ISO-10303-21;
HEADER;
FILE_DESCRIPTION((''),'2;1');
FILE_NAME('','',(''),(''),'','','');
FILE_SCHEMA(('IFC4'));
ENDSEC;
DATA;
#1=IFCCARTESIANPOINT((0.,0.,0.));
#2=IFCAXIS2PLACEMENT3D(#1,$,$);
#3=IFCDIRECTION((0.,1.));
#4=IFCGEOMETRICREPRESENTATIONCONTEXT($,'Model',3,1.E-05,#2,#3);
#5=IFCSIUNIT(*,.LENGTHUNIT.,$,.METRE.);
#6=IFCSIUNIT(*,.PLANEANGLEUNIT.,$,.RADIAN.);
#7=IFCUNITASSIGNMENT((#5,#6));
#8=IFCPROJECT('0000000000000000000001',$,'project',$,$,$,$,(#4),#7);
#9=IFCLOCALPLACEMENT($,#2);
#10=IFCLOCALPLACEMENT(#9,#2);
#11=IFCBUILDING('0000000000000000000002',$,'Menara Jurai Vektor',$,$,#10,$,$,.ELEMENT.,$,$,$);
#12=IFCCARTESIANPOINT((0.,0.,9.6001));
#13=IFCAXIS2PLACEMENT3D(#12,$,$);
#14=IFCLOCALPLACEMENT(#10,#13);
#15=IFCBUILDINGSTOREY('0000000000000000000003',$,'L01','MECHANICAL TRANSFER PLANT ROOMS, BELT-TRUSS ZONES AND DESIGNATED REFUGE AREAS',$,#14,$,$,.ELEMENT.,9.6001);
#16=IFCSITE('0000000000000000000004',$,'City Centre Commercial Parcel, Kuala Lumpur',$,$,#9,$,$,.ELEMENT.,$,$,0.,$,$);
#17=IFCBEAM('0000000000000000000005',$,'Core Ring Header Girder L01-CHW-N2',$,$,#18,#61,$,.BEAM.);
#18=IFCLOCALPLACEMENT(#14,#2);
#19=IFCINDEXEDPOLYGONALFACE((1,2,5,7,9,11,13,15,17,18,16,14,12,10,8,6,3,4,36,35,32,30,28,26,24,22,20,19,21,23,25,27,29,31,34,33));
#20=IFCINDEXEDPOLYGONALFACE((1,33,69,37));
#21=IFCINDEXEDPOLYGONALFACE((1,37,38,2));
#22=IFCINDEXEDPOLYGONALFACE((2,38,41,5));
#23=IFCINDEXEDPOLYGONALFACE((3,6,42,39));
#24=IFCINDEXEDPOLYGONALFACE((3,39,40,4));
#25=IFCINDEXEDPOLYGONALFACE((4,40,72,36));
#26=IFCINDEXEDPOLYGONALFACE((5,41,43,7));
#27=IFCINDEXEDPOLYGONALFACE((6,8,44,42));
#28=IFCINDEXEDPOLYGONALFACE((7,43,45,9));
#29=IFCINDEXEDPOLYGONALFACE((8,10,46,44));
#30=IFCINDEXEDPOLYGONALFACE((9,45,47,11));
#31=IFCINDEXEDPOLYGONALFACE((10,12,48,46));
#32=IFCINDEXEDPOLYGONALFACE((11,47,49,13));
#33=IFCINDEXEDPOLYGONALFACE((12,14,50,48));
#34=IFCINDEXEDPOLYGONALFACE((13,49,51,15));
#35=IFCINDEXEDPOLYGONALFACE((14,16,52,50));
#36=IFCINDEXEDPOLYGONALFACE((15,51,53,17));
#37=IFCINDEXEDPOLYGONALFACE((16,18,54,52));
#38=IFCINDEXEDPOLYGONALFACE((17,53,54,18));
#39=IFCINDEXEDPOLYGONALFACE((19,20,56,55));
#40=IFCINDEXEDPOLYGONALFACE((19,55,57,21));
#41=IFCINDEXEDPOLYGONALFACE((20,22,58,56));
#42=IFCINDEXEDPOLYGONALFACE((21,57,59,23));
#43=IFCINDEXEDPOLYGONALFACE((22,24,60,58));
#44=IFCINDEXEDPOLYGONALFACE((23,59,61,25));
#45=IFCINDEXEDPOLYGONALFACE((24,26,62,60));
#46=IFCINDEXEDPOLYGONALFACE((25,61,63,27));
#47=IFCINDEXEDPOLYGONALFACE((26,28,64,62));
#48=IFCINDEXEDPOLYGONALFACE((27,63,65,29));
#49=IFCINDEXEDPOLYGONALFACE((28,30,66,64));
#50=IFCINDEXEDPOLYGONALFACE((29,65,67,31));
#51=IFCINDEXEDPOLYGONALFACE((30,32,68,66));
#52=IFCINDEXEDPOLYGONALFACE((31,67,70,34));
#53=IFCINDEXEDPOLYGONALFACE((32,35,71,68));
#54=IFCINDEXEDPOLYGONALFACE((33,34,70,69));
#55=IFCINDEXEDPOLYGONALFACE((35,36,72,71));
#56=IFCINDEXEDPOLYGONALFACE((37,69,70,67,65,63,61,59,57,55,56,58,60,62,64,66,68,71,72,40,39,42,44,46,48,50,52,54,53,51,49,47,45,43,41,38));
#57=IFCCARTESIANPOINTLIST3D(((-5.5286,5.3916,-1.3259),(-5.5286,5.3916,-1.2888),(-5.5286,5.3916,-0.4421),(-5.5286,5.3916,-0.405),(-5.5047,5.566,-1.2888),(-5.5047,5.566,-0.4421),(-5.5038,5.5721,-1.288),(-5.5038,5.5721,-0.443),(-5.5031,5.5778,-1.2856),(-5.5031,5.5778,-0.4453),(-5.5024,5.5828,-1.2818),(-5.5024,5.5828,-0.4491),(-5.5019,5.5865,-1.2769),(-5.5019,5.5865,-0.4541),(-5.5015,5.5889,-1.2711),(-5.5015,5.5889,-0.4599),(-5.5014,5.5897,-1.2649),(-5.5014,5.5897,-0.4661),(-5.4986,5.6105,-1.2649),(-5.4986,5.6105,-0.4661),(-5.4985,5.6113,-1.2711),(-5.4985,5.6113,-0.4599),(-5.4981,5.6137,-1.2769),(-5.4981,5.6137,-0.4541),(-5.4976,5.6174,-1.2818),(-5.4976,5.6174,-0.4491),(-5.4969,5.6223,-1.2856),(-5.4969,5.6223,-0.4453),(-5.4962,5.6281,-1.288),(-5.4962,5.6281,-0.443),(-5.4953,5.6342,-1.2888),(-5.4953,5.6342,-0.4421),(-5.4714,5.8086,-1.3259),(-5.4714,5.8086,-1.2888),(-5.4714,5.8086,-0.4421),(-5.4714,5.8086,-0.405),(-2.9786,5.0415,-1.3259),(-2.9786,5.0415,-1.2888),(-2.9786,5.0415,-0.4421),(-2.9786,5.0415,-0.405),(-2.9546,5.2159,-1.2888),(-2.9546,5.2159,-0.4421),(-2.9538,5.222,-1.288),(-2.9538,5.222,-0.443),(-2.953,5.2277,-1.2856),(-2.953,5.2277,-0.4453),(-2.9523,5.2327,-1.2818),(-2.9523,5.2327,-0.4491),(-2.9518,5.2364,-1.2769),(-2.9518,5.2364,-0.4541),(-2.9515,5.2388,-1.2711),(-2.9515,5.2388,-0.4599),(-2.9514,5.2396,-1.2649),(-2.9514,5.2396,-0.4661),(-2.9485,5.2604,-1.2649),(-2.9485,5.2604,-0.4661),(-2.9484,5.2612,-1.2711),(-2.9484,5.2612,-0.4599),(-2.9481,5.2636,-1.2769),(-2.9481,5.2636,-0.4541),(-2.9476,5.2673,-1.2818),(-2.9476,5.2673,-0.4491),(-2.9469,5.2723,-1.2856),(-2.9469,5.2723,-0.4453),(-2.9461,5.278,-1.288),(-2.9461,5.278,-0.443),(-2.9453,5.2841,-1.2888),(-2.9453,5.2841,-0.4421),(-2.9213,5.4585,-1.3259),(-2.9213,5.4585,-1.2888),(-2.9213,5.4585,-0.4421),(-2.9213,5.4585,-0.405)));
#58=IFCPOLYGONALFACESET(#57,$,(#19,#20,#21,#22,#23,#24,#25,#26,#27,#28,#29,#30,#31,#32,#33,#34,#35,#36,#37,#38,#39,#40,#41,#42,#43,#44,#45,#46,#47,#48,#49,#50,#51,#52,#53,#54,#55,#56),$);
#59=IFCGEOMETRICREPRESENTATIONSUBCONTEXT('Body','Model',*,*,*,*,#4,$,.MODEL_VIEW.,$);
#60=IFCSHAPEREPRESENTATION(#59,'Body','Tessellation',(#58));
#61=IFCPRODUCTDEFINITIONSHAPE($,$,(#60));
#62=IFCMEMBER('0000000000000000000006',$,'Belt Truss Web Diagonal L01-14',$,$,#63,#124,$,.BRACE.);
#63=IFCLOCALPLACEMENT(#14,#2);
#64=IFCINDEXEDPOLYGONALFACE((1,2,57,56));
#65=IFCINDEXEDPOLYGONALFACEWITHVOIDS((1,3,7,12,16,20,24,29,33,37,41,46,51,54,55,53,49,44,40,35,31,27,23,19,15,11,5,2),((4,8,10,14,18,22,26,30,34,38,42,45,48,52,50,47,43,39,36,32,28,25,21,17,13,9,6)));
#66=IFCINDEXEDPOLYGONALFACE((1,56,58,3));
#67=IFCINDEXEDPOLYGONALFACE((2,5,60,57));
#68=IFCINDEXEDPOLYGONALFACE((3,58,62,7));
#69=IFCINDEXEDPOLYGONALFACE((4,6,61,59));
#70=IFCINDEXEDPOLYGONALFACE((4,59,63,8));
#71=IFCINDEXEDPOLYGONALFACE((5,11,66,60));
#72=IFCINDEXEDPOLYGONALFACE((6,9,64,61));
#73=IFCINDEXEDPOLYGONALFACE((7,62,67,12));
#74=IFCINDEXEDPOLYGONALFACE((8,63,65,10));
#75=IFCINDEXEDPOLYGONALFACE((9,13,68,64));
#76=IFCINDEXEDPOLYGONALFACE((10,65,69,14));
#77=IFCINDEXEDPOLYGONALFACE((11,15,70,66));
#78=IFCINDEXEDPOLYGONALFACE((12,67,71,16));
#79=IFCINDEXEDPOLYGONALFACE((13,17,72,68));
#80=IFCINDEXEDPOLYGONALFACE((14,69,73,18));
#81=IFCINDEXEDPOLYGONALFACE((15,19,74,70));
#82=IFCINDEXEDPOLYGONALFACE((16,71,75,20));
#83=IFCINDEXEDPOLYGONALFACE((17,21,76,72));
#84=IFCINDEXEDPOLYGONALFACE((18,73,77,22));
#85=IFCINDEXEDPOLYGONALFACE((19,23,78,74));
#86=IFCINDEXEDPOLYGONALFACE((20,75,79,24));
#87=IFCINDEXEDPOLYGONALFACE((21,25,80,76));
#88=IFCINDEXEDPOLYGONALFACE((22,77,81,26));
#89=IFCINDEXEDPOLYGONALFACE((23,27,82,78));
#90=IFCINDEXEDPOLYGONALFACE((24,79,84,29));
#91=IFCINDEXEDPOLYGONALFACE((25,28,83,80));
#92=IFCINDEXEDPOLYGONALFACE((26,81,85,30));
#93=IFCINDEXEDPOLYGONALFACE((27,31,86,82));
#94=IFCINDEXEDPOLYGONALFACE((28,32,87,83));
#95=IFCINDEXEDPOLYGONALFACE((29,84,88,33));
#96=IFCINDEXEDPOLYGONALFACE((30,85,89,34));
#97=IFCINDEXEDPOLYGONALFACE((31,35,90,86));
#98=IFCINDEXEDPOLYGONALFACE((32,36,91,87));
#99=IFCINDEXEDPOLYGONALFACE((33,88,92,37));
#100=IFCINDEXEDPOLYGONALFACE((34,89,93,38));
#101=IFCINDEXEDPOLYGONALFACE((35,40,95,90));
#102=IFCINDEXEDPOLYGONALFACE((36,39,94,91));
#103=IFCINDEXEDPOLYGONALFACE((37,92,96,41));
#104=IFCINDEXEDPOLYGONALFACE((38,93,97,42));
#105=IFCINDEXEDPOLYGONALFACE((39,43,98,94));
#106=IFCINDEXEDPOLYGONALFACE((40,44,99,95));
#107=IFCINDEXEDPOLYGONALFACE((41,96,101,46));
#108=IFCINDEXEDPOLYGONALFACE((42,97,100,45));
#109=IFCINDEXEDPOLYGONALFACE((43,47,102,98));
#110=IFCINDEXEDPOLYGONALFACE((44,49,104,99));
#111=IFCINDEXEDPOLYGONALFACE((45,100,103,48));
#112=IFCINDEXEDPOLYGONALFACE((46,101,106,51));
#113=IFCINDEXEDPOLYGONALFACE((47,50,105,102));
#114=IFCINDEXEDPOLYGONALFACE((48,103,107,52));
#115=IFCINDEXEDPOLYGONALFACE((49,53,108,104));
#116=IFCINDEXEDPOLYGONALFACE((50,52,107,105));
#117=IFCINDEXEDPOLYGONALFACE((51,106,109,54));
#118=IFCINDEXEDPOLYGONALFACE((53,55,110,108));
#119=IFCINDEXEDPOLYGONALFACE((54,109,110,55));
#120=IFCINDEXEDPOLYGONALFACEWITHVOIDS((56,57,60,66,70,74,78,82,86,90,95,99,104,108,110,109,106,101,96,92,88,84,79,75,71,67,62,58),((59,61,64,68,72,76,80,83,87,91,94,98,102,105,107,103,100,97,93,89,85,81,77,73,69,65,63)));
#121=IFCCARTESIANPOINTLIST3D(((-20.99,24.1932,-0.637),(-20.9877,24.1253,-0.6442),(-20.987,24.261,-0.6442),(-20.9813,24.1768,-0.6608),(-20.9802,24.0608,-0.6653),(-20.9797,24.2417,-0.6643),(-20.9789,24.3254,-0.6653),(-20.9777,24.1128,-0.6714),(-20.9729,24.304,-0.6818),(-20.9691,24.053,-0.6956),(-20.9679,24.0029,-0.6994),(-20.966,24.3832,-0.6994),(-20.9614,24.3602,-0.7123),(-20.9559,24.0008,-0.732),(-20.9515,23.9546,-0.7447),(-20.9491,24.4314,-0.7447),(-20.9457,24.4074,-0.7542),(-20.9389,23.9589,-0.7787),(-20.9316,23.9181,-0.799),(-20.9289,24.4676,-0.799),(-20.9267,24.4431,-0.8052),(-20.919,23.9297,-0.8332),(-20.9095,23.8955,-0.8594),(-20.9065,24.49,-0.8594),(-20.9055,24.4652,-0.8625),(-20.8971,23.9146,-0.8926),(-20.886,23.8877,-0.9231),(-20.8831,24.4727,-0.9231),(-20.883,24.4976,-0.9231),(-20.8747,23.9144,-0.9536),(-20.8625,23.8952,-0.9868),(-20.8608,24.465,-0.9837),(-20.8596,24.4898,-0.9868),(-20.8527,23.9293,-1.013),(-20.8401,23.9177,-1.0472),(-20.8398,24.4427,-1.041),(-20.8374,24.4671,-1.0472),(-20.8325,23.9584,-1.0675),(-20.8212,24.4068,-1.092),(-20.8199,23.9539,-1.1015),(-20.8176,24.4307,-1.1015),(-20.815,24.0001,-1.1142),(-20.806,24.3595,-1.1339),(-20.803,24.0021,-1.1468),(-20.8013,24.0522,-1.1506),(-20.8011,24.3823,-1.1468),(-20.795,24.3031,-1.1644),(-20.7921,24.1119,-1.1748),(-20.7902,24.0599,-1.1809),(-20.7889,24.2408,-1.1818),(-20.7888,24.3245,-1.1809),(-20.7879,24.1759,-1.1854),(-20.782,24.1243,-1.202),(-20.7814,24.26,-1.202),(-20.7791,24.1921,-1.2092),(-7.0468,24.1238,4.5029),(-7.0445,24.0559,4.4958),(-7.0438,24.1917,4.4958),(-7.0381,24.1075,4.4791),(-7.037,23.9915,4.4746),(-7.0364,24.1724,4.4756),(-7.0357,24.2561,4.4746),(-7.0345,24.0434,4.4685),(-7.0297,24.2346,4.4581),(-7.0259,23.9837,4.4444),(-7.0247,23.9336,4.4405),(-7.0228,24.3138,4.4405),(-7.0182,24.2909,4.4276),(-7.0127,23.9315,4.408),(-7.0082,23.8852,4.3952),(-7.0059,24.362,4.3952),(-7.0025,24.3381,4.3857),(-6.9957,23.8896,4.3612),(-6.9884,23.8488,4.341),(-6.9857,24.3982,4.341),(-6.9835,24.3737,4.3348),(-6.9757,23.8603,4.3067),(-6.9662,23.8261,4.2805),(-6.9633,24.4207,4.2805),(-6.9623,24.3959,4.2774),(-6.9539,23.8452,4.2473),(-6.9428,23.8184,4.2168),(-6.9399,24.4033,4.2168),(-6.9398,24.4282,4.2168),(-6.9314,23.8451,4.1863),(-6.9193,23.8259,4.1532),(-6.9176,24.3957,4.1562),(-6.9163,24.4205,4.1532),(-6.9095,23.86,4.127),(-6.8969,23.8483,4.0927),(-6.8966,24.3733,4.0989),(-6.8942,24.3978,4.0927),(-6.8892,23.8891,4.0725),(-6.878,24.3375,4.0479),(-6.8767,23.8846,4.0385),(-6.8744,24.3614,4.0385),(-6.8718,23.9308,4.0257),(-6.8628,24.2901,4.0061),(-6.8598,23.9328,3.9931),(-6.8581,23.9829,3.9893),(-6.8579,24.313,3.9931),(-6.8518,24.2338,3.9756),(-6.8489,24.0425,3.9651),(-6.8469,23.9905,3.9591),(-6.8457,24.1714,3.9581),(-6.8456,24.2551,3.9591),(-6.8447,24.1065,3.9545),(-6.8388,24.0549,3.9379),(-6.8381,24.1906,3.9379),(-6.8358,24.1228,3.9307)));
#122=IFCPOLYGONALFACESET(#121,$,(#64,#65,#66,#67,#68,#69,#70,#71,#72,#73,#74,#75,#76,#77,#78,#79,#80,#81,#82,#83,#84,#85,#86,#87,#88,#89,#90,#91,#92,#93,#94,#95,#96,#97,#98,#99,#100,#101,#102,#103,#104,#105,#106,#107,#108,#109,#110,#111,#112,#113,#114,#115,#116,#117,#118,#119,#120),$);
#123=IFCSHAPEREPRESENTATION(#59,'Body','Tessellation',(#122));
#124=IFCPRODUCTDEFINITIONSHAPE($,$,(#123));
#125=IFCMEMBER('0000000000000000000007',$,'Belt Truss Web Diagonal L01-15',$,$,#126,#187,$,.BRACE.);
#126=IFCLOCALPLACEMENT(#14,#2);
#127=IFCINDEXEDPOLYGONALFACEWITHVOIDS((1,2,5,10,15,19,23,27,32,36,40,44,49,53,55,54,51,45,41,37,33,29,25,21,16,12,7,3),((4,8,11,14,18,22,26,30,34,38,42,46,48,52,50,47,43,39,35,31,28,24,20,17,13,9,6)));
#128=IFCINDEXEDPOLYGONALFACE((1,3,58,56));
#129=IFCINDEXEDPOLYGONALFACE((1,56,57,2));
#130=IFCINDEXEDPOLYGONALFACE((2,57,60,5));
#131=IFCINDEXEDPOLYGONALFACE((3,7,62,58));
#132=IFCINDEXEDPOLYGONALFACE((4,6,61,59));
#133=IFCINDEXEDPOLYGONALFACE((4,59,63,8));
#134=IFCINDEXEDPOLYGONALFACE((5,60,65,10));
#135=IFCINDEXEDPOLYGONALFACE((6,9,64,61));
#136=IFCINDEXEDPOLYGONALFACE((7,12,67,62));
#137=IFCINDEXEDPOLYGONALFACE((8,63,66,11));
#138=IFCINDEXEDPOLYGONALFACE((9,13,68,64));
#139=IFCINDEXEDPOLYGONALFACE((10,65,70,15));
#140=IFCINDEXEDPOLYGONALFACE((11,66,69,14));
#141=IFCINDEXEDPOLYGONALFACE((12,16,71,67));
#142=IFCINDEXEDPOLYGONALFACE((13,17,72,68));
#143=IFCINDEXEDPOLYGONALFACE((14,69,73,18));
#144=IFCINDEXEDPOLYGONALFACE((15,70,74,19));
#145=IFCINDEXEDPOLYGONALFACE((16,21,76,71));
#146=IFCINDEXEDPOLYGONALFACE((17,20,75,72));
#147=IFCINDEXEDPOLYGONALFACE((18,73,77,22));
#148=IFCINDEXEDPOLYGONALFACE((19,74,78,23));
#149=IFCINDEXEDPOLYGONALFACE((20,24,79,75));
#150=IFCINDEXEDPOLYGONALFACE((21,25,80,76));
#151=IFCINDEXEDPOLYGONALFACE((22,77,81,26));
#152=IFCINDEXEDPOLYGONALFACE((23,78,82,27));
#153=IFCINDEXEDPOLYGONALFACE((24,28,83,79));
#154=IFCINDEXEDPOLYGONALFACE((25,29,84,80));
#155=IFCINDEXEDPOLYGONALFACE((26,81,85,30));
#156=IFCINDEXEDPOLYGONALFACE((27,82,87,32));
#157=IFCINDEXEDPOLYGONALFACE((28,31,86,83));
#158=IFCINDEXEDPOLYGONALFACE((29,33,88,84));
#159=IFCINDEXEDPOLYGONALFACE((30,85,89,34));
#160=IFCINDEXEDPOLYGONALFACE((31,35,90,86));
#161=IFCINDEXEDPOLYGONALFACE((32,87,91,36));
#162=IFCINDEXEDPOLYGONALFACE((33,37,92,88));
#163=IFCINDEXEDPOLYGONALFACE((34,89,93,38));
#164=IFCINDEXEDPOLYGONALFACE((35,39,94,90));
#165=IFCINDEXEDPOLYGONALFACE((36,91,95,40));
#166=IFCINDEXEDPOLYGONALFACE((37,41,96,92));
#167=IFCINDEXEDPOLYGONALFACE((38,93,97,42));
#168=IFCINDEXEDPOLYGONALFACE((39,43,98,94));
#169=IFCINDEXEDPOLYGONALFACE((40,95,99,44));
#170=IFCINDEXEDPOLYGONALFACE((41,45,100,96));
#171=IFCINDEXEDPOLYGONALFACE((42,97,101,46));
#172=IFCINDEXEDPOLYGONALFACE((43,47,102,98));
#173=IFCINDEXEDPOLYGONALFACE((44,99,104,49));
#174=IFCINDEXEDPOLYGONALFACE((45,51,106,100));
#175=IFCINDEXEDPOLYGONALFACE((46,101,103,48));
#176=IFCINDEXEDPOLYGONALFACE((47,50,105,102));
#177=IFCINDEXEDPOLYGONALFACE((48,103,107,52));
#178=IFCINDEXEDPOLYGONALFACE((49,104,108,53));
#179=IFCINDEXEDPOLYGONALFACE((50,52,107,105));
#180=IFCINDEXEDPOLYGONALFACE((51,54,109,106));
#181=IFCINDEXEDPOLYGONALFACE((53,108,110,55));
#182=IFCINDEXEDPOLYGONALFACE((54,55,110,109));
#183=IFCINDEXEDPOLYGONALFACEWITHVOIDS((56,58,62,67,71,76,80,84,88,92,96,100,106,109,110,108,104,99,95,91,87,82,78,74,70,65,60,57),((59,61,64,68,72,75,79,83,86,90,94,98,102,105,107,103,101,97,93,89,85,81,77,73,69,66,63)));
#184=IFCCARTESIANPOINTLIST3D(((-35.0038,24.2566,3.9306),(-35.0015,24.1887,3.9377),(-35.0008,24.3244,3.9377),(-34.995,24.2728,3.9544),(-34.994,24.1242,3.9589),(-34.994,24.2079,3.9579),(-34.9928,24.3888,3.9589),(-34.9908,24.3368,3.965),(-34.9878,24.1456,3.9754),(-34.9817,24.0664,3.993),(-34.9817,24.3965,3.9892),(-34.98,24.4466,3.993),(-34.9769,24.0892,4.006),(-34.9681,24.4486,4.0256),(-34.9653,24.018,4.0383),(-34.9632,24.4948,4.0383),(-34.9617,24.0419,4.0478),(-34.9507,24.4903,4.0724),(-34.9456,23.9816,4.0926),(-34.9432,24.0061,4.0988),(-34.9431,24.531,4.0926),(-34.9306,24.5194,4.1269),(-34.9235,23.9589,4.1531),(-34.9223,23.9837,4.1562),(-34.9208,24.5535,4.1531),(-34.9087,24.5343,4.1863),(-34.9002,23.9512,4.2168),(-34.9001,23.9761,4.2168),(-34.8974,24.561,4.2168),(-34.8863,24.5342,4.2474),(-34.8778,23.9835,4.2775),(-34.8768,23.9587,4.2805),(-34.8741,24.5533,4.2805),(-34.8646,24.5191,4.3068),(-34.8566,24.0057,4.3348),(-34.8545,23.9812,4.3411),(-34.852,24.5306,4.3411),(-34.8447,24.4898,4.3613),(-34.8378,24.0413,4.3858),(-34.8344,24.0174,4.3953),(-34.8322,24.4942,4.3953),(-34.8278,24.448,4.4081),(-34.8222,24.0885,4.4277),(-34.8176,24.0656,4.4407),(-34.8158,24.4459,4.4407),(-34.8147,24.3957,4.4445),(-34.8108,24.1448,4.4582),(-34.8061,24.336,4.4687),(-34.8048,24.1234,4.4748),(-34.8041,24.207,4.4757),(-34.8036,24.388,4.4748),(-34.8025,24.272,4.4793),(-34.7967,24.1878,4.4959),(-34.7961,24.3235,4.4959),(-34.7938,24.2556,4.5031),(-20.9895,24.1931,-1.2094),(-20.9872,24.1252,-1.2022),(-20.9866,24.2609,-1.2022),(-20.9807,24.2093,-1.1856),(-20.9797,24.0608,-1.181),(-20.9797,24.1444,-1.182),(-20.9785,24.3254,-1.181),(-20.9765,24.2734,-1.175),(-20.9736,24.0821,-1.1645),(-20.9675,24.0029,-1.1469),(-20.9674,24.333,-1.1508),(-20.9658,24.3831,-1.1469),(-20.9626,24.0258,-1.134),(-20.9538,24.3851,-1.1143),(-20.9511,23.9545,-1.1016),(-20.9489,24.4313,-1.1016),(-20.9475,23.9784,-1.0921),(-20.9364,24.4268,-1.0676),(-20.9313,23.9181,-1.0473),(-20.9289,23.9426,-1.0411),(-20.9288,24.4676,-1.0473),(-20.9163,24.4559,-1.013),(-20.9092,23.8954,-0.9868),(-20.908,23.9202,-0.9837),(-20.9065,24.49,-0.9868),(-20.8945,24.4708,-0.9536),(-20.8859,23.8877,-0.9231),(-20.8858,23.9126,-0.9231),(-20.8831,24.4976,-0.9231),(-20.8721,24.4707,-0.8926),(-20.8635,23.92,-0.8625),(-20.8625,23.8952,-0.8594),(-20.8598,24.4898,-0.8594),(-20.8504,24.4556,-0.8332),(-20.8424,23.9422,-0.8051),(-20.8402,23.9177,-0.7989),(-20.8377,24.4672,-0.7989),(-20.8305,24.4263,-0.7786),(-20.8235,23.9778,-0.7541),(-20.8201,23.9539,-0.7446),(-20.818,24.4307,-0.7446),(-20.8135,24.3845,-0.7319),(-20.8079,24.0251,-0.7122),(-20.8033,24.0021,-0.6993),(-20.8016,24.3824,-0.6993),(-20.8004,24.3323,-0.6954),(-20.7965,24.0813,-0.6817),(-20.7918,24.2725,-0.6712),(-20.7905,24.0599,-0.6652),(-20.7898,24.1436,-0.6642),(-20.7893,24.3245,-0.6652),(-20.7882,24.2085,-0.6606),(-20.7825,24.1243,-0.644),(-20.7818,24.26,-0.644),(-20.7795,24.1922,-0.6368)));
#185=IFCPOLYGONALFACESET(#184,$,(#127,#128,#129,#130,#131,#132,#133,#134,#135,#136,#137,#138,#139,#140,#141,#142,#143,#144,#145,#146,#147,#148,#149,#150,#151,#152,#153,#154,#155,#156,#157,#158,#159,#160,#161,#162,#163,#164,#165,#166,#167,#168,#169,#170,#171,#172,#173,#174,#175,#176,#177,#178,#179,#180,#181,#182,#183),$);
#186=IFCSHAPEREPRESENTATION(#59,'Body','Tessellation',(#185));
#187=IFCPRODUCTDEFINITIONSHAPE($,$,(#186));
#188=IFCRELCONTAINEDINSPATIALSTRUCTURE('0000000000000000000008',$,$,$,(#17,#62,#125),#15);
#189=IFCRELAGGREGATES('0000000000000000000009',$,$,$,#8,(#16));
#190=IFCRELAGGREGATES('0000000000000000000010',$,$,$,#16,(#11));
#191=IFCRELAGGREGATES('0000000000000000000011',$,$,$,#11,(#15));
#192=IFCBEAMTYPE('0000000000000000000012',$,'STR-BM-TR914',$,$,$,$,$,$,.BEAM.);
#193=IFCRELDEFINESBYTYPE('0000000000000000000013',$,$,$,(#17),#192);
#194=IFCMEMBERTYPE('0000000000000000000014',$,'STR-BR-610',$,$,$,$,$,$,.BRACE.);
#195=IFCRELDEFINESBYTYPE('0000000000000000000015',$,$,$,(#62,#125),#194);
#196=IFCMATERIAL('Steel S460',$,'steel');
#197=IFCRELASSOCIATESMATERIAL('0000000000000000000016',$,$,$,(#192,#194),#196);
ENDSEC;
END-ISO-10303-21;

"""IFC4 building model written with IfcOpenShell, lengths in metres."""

from ifc_helpers import new_model, si_unit, direction, frame, origin, origin_2d, place, context, subcontext, project, spatial, hollow_circle, i_section, extrude, material, material_profile, profile_set, type_object, element, save


model = new_model("IFC4")

# Units and contexts
model_context = context("Model", 3, precision=1e-05, world=origin(), true_north=direction((0.0, 1.0)))
body_context = subcontext(model_context, "Body", "Model", "MODEL_VIEW")
ifc_project = project(units=[si_unit("LENGTHUNIT", "METRE"), si_unit("PLANEANGLEUNIT", "RADIAN")], contexts=[model_context])

# Site, building, storey
site_placement = place(None, origin())
site = spatial("IfcSite", under=ifc_project, at=site_placement, Name="City Centre Commercial Parcel, Kuala Lumpur", CompositionType="ELEMENT", RefElevation=0.0)
building_placement = place(site_placement, origin())
building = spatial("IfcBuilding", under=site, at=building_placement, Name="Menara Jurai Vektor", CompositionType="ELEMENT")
storey_placement = place(building_placement, frame((0.0, 0.0, 9.6001)))
storey = spatial("IfcBuildingStorey", under=building, at=storey_placement, Name="L01", Description="MECHANICAL TRANSFER PLANT ROOMS, BELT-TRUSS ZONES AND DESIGNATED REFUGE AREAS", CompositionType="ELEMENT", Elevation=9.6001)

# Shared definitions
ifc_material_1 = material(Name="Steel S460", Category="steel")

# Beam
ifc_material_profile_1 = material_profile(ifc_material_1, i_section(OverallWidth=0.4209, OverallDepth=0.9209, WebThickness=0.021, FlangeThickness=0.0371, FilletRadius=0.0239, at=origin_2d()), Name="UKB 914x419x388")
ifc_profile_set_1 = profile_set([ifc_material_profile_1], Name="Steel S460")
beam_type_1 = type_object("IfcBeamType", Name="STR-BM-TR914", PredefinedType="BEAM", material=ifc_profile_set_1)
beam_1_placement = place(storey_placement, frame((-5.5, 5.6001, -0.8655), z_axis=(0.990707, -0.136015, 0.0), x_axis=(0.136015, 0.990707, 0.0)))
element("IfcBeam", 1, at=beam_1_placement, inside=storey, type_object=beam_type_1, Name="Core Ring Header Girder L01-CHW-N2", PredefinedType="BEAM", context=body_context, shape_type="SweptSolid", body=[
    extrude(i_section(OverallWidth=0.4209, OverallDepth=0.9209, WebThickness=0.021, FlangeThickness=0.0371, FilletRadius=0.0239, at=origin_2d()), origin(), (0.0, 0.0, 1.0), 2.574),
])

# Members
ifc_material_profile_2 = material_profile(ifc_material_1, hollow_circle(Radius=0.3049, WallThickness=0.0249, at=origin_2d()), Name="CHS 610x25")
ifc_profile_set_2 = profile_set([ifc_material_profile_2], Name="Steel S460")
member_type_1 = type_object("IfcMemberType", Name="STR-BR-610", PredefinedType="BRACE", material=ifc_profile_set_2)
member_1_placement = place(storey_placement, frame((-20.8845, 24.1926, -0.9231), z_axis=(0.938268, -0.004666, 0.345877), x_axis=(0.004973, 0.999988, 0.0)))
element("IfcMember", 2, at=member_1_placement, inside=storey, type_object=member_type_1, Name="Belt Truss Web Diagonal L01-14", PredefinedType="BRACE", context=body_context, shape_type="SweptSolid", body=[
    extrude(hollow_circle(Radius=0.3049, WallThickness=0.0249, at=origin_2d()), origin(), (0.0, 0.0, 1.0), 14.8606),
])
member_2_placement = place(storey_placement, frame((-20.8845, 24.1926, -0.9231), z_axis=(-0.938838, 0.004252, 0.344332), x_axis=(-0.004529, -0.99999, 0.0)))
element("IfcMember", 3, at=member_2_placement, inside=storey, type_object=member_type_1, Name="Belt Truss Web Diagonal L01-15", PredefinedType="BRACE", context=body_context, shape_type="SweptSolid", body=[
    extrude(hollow_circle(Radius=0.3049, WallThickness=0.0249, at=origin_2d()), origin(), (0.0, 0.0, 1.0), 14.9272),
])

save(model, "model.ifc")
